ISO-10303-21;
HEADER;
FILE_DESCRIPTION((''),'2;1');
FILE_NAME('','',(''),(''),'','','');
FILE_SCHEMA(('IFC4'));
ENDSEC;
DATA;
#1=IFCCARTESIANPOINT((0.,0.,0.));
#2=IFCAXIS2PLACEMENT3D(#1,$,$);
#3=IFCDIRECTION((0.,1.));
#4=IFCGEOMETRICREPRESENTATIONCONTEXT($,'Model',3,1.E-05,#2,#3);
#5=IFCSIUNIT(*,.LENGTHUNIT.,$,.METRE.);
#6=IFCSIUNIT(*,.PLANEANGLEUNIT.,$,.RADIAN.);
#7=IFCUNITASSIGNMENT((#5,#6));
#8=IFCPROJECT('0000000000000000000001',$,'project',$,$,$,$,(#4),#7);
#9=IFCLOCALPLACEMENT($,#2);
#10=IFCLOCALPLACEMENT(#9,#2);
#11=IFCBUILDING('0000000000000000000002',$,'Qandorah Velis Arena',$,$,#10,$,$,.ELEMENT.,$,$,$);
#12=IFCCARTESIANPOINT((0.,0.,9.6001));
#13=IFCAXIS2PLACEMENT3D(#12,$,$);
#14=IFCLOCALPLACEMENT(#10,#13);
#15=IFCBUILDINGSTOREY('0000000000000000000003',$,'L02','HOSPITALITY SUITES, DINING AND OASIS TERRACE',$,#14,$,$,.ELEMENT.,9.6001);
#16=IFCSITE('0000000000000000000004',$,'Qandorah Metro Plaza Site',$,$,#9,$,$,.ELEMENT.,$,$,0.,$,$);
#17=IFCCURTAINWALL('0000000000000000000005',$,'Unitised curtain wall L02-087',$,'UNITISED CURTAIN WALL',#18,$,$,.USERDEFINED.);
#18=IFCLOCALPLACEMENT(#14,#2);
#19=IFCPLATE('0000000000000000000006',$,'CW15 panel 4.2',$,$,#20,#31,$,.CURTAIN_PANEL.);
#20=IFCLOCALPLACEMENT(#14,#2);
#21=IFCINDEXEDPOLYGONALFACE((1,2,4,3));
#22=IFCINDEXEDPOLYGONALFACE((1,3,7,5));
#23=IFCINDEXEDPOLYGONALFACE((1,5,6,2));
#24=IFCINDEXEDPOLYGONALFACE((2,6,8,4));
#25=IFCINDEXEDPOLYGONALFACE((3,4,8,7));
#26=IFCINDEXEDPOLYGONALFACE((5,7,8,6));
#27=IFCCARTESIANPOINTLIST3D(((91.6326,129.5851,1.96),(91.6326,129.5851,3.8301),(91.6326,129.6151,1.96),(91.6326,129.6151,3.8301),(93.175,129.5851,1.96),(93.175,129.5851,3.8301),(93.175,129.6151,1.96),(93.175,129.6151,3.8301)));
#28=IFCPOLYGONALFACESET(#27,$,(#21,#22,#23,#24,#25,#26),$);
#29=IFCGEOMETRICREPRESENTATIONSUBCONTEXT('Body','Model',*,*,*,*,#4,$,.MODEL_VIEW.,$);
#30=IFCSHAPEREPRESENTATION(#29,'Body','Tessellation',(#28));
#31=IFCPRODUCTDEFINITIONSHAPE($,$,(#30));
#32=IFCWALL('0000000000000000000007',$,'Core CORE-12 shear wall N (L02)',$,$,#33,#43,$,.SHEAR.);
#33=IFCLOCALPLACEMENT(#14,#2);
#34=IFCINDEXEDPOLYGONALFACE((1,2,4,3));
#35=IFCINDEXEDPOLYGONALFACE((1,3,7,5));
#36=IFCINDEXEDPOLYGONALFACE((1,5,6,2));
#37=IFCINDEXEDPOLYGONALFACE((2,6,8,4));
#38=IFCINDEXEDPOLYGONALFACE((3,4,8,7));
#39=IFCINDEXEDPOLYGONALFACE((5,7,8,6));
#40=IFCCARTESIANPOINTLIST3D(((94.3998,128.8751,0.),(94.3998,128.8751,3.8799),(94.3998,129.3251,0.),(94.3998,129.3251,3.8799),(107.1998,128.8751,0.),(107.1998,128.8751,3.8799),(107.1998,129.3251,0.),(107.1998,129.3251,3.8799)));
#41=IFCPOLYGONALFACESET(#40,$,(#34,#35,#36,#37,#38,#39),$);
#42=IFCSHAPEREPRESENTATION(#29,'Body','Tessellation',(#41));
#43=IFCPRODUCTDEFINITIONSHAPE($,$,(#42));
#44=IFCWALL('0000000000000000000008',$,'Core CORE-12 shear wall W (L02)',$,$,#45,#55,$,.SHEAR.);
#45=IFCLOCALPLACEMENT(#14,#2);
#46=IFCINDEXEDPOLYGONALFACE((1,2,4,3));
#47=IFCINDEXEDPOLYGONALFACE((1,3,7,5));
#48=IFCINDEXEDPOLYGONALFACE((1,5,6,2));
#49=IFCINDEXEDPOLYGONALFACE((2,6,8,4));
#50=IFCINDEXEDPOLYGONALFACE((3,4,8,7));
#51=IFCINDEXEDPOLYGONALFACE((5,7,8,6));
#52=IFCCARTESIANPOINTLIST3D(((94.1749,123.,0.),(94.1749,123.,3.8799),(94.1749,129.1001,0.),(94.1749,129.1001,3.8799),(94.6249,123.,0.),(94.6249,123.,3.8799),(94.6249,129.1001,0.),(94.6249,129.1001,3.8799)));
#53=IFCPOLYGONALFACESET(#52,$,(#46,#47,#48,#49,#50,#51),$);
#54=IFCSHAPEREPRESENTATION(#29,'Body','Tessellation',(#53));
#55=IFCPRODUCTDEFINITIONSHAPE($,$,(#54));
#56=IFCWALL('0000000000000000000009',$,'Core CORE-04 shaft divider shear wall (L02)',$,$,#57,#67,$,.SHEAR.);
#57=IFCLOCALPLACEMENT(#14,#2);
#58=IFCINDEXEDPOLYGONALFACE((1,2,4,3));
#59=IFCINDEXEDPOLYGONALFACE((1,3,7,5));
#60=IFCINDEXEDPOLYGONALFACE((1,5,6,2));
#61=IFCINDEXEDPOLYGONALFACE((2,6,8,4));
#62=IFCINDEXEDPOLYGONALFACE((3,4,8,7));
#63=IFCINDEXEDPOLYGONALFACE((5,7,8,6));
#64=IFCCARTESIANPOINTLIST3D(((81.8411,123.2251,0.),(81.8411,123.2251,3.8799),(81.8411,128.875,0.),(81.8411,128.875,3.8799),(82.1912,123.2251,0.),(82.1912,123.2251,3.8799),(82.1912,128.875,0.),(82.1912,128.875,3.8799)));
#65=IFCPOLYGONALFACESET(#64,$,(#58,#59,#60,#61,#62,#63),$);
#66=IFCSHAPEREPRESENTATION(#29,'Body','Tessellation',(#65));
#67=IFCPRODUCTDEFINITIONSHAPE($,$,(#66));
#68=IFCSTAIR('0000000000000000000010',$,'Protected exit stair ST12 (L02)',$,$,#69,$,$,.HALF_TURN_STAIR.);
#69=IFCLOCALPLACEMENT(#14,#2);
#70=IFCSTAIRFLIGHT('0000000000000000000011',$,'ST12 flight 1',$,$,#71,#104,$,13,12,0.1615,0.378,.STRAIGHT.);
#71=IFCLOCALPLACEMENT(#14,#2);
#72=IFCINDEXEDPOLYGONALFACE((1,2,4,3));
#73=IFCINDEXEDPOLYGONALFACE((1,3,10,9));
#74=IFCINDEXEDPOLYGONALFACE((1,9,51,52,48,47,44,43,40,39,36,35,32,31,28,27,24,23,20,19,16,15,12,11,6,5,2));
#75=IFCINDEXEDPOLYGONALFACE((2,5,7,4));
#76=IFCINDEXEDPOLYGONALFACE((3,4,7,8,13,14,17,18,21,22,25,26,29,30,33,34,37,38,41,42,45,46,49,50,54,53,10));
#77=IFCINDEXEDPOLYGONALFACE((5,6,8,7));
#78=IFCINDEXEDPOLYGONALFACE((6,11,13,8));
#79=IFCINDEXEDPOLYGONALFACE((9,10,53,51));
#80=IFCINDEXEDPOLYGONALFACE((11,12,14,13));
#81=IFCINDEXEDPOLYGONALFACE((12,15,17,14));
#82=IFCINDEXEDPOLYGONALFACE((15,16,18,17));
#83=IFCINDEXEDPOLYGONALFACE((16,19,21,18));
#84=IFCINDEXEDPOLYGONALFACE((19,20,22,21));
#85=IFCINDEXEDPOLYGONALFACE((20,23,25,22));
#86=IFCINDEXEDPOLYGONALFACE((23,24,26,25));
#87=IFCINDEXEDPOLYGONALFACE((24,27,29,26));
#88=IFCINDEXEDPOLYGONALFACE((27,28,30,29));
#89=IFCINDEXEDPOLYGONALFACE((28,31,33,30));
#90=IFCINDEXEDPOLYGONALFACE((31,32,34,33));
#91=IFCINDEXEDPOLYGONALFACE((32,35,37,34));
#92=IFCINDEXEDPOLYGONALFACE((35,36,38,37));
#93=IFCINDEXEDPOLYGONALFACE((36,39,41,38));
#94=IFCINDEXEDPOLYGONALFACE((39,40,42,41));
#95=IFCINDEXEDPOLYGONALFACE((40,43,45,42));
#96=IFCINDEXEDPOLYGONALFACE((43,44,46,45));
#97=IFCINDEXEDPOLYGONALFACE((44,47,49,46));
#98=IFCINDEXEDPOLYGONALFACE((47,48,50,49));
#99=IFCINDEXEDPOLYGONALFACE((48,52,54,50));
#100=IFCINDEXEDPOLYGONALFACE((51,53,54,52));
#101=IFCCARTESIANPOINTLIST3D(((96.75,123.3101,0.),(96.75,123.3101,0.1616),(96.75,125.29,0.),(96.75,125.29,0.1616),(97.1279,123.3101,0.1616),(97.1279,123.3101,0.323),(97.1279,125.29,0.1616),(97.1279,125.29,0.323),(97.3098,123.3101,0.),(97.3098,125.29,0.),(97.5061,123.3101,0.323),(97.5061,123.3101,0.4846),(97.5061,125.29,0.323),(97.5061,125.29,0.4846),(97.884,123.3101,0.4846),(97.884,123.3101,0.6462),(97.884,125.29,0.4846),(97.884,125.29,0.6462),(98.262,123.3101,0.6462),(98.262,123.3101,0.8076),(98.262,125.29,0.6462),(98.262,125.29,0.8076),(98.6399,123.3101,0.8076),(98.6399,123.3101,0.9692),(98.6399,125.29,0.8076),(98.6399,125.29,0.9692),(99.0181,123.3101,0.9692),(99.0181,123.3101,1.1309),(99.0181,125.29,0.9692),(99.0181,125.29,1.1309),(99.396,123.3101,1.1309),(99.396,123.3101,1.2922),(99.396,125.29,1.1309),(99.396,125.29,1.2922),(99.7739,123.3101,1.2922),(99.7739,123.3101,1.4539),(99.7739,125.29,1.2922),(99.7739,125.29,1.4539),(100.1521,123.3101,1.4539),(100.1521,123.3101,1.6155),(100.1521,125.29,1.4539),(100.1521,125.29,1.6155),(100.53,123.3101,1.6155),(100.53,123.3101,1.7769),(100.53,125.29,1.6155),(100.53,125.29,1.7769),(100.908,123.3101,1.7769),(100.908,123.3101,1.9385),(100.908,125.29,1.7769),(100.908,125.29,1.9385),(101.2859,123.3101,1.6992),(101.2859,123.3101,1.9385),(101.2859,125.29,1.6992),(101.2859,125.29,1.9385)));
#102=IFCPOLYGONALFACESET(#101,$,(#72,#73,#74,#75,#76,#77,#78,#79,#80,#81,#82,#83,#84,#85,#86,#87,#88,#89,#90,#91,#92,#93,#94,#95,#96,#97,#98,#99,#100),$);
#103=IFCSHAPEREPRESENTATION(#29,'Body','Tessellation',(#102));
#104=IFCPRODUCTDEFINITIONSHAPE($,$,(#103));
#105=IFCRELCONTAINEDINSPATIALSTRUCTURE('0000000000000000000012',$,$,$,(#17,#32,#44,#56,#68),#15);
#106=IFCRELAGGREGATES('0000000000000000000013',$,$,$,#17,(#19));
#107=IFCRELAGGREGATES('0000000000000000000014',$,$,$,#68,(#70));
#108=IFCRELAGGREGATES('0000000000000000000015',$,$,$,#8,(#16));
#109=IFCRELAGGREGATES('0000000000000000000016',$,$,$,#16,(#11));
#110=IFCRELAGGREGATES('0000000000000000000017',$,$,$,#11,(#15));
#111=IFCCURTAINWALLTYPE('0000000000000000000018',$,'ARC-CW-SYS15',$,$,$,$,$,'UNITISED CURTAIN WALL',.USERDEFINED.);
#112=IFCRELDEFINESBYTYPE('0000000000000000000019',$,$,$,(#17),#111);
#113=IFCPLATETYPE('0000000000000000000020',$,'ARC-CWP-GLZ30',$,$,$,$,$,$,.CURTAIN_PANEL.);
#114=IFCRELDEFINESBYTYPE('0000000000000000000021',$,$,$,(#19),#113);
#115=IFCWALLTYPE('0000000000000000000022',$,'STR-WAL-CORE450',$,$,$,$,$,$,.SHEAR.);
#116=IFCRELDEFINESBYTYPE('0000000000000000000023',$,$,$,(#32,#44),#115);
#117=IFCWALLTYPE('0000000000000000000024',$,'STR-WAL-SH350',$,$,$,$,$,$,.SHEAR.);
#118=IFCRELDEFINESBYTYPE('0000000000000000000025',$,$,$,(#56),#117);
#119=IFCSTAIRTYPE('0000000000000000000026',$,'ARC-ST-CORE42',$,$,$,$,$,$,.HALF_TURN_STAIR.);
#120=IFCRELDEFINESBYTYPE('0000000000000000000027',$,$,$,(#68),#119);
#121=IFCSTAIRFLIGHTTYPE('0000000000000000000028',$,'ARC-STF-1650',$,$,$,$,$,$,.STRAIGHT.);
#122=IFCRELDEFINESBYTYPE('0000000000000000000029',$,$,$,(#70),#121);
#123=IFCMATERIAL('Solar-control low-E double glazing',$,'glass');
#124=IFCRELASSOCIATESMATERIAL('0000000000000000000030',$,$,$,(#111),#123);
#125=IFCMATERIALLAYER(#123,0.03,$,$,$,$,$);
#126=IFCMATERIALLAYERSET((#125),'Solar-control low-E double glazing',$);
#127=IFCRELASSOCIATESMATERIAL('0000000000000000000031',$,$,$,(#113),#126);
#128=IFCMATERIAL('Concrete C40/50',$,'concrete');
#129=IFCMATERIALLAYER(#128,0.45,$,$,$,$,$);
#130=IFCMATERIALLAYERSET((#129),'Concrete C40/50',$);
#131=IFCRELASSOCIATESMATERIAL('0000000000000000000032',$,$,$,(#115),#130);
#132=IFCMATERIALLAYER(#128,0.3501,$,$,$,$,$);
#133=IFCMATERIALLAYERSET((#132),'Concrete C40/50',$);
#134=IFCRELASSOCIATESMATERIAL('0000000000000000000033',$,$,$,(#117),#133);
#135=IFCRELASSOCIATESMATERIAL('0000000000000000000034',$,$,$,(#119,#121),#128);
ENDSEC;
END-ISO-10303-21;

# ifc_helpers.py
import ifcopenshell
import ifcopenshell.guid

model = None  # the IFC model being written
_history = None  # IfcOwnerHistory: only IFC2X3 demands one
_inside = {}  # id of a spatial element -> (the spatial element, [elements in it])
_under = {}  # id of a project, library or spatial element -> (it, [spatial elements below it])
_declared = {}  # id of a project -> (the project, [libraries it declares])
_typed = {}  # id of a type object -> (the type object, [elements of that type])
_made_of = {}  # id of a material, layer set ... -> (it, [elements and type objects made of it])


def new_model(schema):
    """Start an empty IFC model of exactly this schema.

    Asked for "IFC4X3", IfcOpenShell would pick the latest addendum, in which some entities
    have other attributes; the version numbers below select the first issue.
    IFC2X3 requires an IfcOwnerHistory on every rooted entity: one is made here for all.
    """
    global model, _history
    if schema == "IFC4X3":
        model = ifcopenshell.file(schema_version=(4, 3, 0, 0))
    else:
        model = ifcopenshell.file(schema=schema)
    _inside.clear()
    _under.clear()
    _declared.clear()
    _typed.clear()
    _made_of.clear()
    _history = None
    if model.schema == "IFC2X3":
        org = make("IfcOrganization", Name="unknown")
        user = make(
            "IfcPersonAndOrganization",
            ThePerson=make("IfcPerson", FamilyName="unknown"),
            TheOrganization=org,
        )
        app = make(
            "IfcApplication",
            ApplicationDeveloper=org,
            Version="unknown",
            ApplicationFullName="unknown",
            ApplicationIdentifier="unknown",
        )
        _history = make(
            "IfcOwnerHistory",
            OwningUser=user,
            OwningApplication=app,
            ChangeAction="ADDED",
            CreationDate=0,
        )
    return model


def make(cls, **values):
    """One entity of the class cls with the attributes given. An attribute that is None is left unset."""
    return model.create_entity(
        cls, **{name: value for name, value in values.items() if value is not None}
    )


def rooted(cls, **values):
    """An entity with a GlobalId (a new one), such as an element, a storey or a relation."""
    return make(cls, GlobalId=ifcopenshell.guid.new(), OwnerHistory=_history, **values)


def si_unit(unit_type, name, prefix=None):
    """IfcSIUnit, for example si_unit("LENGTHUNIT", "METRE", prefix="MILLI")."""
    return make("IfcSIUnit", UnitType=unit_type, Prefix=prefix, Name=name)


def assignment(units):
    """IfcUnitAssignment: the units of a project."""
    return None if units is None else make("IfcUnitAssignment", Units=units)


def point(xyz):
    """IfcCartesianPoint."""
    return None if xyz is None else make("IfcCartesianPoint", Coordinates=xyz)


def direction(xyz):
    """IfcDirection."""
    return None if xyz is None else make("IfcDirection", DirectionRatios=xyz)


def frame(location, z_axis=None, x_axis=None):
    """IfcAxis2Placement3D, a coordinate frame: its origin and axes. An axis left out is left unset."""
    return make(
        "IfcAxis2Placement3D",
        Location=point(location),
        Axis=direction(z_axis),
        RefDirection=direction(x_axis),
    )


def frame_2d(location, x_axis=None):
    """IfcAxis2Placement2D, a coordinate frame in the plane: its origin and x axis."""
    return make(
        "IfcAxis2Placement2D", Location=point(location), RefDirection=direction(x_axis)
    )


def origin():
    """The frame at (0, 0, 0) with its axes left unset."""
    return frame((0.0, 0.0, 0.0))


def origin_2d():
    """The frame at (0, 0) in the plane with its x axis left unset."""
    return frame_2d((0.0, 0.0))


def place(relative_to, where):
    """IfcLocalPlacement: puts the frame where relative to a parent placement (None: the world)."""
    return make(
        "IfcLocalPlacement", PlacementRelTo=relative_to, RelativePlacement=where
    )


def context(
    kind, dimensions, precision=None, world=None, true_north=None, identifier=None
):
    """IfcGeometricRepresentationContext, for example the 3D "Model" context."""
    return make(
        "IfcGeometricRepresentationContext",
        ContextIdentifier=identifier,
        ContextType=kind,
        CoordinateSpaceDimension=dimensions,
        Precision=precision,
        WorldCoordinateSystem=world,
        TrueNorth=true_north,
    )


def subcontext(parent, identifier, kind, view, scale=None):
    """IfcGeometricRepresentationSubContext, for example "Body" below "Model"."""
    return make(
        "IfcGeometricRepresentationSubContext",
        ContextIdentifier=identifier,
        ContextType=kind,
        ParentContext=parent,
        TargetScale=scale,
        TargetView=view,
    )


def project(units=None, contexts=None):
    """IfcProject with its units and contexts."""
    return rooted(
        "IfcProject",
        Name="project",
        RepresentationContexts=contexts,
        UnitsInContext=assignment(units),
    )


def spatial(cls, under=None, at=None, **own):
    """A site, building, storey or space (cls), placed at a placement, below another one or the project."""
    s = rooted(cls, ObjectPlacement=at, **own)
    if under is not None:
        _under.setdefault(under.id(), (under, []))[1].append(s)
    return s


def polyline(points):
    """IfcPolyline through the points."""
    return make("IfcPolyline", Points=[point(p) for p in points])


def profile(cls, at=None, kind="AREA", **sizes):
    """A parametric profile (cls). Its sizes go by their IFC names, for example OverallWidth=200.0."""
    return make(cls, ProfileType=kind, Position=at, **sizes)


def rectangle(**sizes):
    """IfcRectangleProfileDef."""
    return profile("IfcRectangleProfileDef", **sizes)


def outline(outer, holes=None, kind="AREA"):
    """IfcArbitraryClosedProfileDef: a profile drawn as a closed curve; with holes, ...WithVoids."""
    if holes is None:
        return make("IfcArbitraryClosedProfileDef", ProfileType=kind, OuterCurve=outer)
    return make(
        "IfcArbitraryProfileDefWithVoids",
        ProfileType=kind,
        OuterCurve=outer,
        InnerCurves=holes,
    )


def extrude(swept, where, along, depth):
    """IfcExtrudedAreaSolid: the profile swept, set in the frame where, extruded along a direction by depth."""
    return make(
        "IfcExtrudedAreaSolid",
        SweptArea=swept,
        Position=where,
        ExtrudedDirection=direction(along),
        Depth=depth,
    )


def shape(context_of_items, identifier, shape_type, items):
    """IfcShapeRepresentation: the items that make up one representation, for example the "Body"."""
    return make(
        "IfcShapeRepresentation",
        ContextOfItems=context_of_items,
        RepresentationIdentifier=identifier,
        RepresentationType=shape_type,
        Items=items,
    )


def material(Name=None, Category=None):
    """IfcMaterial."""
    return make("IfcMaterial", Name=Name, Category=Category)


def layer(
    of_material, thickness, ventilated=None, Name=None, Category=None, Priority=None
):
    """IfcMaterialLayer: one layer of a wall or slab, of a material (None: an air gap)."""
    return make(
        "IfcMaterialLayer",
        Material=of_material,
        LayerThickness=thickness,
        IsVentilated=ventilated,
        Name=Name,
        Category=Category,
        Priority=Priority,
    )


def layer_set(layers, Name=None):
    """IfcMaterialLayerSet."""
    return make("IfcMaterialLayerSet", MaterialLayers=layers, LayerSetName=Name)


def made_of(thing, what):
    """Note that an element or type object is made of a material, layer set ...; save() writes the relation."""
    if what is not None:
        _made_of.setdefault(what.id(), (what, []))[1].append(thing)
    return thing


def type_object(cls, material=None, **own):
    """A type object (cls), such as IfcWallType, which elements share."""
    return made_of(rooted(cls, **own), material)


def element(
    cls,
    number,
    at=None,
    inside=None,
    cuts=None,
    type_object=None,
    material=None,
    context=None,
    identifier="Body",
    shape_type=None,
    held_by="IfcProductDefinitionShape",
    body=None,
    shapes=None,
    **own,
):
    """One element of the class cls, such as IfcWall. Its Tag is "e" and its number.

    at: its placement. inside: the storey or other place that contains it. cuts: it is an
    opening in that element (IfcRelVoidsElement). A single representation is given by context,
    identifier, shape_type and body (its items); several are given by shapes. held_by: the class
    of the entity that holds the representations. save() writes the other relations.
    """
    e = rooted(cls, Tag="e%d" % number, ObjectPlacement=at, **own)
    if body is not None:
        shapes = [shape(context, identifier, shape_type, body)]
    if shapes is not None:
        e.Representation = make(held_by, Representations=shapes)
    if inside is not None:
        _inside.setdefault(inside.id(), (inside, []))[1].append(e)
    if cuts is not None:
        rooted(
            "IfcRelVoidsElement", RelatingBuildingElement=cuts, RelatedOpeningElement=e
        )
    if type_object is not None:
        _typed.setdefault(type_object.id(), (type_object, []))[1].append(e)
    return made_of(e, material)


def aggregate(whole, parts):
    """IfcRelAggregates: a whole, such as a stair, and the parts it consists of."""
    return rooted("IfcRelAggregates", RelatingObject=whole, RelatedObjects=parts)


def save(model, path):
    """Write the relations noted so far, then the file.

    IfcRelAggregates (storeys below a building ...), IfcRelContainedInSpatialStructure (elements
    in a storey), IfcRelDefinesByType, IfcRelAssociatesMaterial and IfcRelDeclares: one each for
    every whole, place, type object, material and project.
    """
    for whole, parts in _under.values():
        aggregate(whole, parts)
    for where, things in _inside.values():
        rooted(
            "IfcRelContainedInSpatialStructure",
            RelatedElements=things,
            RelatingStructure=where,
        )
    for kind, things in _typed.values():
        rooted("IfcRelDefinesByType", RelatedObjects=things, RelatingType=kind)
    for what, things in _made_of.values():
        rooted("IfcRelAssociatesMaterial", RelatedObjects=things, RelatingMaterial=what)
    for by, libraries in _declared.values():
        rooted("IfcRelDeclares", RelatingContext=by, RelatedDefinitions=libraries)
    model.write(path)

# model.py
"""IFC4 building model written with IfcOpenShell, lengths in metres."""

from ifc_helpers import new_model, si_unit, direction, frame, frame_2d, origin, origin_2d, place, context, subcontext, project, spatial, polyline, rectangle, outline, extrude, material, layer, layer_set, type_object, element, aggregate, save


model = new_model("IFC4")

# Units and contexts
model_context = context("Model", 3, precision=1e-05, world=origin(), true_north=direction((0.0, 1.0)))
body_context = subcontext(model_context, "Body", "Model", "MODEL_VIEW")
ifc_project = project(units=[si_unit("LENGTHUNIT", "METRE"), si_unit("PLANEANGLEUNIT", "RADIAN")], contexts=[model_context])

# Site, building, storey
site_placement = place(None, origin())
site = spatial("IfcSite", under=ifc_project, at=site_placement, Name="Qandorah Metro Plaza Site", CompositionType="ELEMENT", RefElevation=0.0)
building_placement = place(site_placement, origin())
building = spatial("IfcBuilding", under=site, at=building_placement, Name="Qandorah Velis Arena", CompositionType="ELEMENT")
storey_placement = place(building_placement, frame((0.0, 0.0, 9.6001)))
storey = spatial("IfcBuildingStorey", under=building, at=storey_placement, Name="L02", Description="HOSPITALITY SUITES, DINING AND OASIS TERRACE", CompositionType="ELEMENT", Elevation=9.6001)

# Shared definitions
ifc_material_1 = material(Name="Concrete C40/50", Category="concrete")

# Curtain wall
ifc_material_2 = material(Name="Solar-control low-E double glazing", Category="glass")
curtain_wall_type = type_object("IfcCurtainWallType", Name="ARC-CW-SYS15", ElementType="UNITISED CURTAIN WALL", PredefinedType="USERDEFINED", material=ifc_material_2)
curtain_wall_placement = place(storey_placement, origin())
curtain_wall = element("IfcCurtainWall", 1, at=curtain_wall_placement, inside=storey, type_object=curtain_wall_type, Name="Unitised curtain wall L02-087", ObjectType="UNITISED CURTAIN WALL", PredefinedType="USERDEFINED")

# Plate
ifc_layer_1 = layer(ifc_material_2, 0.03)
ifc_layer_set_1 = layer_set([ifc_layer_1], Name="Solar-control low-E double glazing")
plate_type = type_object("IfcPlateType", Name="ARC-CWP-GLZ30", PredefinedType="CURTAIN_PANEL", material=ifc_layer_set_1)
plate_1_placement = place(storey_placement, frame((92.4038, 129.6001, 1.96), z_axis=(0.0, 0.0, 1.0), x_axis=(1.0, 0.0, 0.0)))
plate_1 = element("IfcPlate", 2, at=plate_1_placement, type_object=plate_type, Name="CW15 panel 4.2", PredefinedType="CURTAIN_PANEL", context=body_context, shape_type="SweptSolid", body=[
    extrude(rectangle(XDim=1.5425, YDim=0.03, at=origin_2d()), origin(), (0.0, 0.0, 1.0), 1.8701),
])
aggregate(curtain_wall, [plate_1])

# Walls
ifc_layer_2 = layer(ifc_material_1, 0.45)
ifc_layer_set_2 = layer_set([ifc_layer_2], Name="Concrete C40/50")
wall_type_1 = type_object("IfcWallType", Name="STR-WAL-CORE450", PredefinedType="SHEAR", material=ifc_layer_set_2)
wall_1_placement = place(storey_placement, frame((94.3999, 129.1001, 0.0), z_axis=(0.0, 0.0, 1.0), x_axis=(1.0, 0.0, 0.0)))
element("IfcWall", 3, at=wall_1_placement, inside=storey, type_object=wall_type_1, Name="Core CORE-12 shear wall N (L02)", PredefinedType="SHEAR", context=body_context, shape_type="SweptSolid", body=[
    extrude(rectangle(XDim=12.8, YDim=0.45, at=frame_2d((6.3999, 0.0))), origin(), (0.0, 0.0, 1.0), 3.8799),
])
wall_2_placement = place(storey_placement, frame((94.3999, 123.0, 0.0), z_axis=(0.0, 0.0, 1.0), x_axis=(0.0, 1.0, 0.0)))
element("IfcWall", 4, at=wall_2_placement, inside=storey, type_object=wall_type_1, Name="Core CORE-12 shear wall W (L02)", PredefinedType="SHEAR", context=body_context, shape_type="SweptSolid", body=[
    extrude(rectangle(XDim=6.1001, YDim=0.45, at=frame_2d((3.05, 0.0))), origin(), (0.0, 0.0, 1.0), 3.8799),
])
ifc_layer_3 = layer(ifc_material_1, 0.3501)
ifc_layer_set_3 = layer_set([ifc_layer_3], Name="Concrete C40/50")
wall_type_2 = type_object("IfcWallType", Name="STR-WAL-SH350", PredefinedType="SHEAR", material=ifc_layer_set_3)
wall_3_placement = place(storey_placement, frame((82.0161, 123.2251, 0.0), z_axis=(0.0, 0.0, 1.0), x_axis=(0.0, 1.0, 0.0)))
element("IfcWall", 5, at=wall_3_placement, inside=storey, type_object=wall_type_2, Name="Core CORE-04 shaft divider shear wall (L02)", PredefinedType="SHEAR", context=body_context, shape_type="SweptSolid", body=[
    extrude(rectangle(XDim=5.6499, YDim=0.3501, at=frame_2d((2.825, 0.0))), origin(), (0.0, 0.0, 1.0), 3.8799),
])

# Stair, stair flight
stair_type = type_object("IfcStairType", Name="ARC-ST-CORE42", PredefinedType="HALF_TURN_STAIR", material=ifc_material_1)
stair_placement = place(storey_placement, origin())
stair = element("IfcStair", 6, at=stair_placement, inside=storey, type_object=stair_type, Name="Protected exit stair ST12 (L02)", PredefinedType="HALF_TURN_STAIR")
stair_flight_type = type_object("IfcStairFlightType", Name="ARC-STF-1650", PredefinedType="STRAIGHT", material=ifc_material_1)
stair_flight_placement = place(storey_placement, frame((96.75, 124.3, 0.0), z_axis=(0.0, 0.0, 1.0), x_axis=(1.0, 0.0, 0.0)))
stair_flight = element("IfcStairFlight", 7, at=stair_flight_placement, type_object=stair_flight_type, Name="ST12 flight 1", NumberOfRisers=13, NumberOfTreads=12, PredefinedType="STRAIGHT", RiserHeight=0.1615, TreadLength=0.378, context=body_context, shape_type="SweptSolid", body=[
    extrude(outline(polyline([(0.0, 0.0), (0.0, 0.1616), (0.3779, 0.1616), (0.3779, 0.323), (0.7561, 0.323), (0.7561, 0.4846), (1.134, 0.4846), (1.134, 0.6462), (1.512, 0.6462), (1.512, 0.8076), (1.8899, 0.8076), (1.8899, 0.9692), (2.2681, 0.9692), (2.2681, 1.1309), (2.646, 1.1309), (2.646, 1.2922), (3.0239, 1.2922), (3.0239, 1.4539), (3.4021, 1.4539), (3.4021, 1.6155), (3.78, 1.6155), (3.78, 1.7769), (4.158, 1.7769), (4.158, 1.9385), (4.5359, 1.9385), (4.5359, 2.1001), (4.5359, 1.6992), (0.5598, 0.0), (0.0, 0.0)])), frame((0.0, 0.99, 0.0), z_axis=(0.0, -1.0, 0.0), x_axis=(1.0, 0.0, 0.0)), (0.0, 0.0, 1.0), 1.98),
])
aggregate(stair, [stair_flight])

save(model, "model.ifc")
